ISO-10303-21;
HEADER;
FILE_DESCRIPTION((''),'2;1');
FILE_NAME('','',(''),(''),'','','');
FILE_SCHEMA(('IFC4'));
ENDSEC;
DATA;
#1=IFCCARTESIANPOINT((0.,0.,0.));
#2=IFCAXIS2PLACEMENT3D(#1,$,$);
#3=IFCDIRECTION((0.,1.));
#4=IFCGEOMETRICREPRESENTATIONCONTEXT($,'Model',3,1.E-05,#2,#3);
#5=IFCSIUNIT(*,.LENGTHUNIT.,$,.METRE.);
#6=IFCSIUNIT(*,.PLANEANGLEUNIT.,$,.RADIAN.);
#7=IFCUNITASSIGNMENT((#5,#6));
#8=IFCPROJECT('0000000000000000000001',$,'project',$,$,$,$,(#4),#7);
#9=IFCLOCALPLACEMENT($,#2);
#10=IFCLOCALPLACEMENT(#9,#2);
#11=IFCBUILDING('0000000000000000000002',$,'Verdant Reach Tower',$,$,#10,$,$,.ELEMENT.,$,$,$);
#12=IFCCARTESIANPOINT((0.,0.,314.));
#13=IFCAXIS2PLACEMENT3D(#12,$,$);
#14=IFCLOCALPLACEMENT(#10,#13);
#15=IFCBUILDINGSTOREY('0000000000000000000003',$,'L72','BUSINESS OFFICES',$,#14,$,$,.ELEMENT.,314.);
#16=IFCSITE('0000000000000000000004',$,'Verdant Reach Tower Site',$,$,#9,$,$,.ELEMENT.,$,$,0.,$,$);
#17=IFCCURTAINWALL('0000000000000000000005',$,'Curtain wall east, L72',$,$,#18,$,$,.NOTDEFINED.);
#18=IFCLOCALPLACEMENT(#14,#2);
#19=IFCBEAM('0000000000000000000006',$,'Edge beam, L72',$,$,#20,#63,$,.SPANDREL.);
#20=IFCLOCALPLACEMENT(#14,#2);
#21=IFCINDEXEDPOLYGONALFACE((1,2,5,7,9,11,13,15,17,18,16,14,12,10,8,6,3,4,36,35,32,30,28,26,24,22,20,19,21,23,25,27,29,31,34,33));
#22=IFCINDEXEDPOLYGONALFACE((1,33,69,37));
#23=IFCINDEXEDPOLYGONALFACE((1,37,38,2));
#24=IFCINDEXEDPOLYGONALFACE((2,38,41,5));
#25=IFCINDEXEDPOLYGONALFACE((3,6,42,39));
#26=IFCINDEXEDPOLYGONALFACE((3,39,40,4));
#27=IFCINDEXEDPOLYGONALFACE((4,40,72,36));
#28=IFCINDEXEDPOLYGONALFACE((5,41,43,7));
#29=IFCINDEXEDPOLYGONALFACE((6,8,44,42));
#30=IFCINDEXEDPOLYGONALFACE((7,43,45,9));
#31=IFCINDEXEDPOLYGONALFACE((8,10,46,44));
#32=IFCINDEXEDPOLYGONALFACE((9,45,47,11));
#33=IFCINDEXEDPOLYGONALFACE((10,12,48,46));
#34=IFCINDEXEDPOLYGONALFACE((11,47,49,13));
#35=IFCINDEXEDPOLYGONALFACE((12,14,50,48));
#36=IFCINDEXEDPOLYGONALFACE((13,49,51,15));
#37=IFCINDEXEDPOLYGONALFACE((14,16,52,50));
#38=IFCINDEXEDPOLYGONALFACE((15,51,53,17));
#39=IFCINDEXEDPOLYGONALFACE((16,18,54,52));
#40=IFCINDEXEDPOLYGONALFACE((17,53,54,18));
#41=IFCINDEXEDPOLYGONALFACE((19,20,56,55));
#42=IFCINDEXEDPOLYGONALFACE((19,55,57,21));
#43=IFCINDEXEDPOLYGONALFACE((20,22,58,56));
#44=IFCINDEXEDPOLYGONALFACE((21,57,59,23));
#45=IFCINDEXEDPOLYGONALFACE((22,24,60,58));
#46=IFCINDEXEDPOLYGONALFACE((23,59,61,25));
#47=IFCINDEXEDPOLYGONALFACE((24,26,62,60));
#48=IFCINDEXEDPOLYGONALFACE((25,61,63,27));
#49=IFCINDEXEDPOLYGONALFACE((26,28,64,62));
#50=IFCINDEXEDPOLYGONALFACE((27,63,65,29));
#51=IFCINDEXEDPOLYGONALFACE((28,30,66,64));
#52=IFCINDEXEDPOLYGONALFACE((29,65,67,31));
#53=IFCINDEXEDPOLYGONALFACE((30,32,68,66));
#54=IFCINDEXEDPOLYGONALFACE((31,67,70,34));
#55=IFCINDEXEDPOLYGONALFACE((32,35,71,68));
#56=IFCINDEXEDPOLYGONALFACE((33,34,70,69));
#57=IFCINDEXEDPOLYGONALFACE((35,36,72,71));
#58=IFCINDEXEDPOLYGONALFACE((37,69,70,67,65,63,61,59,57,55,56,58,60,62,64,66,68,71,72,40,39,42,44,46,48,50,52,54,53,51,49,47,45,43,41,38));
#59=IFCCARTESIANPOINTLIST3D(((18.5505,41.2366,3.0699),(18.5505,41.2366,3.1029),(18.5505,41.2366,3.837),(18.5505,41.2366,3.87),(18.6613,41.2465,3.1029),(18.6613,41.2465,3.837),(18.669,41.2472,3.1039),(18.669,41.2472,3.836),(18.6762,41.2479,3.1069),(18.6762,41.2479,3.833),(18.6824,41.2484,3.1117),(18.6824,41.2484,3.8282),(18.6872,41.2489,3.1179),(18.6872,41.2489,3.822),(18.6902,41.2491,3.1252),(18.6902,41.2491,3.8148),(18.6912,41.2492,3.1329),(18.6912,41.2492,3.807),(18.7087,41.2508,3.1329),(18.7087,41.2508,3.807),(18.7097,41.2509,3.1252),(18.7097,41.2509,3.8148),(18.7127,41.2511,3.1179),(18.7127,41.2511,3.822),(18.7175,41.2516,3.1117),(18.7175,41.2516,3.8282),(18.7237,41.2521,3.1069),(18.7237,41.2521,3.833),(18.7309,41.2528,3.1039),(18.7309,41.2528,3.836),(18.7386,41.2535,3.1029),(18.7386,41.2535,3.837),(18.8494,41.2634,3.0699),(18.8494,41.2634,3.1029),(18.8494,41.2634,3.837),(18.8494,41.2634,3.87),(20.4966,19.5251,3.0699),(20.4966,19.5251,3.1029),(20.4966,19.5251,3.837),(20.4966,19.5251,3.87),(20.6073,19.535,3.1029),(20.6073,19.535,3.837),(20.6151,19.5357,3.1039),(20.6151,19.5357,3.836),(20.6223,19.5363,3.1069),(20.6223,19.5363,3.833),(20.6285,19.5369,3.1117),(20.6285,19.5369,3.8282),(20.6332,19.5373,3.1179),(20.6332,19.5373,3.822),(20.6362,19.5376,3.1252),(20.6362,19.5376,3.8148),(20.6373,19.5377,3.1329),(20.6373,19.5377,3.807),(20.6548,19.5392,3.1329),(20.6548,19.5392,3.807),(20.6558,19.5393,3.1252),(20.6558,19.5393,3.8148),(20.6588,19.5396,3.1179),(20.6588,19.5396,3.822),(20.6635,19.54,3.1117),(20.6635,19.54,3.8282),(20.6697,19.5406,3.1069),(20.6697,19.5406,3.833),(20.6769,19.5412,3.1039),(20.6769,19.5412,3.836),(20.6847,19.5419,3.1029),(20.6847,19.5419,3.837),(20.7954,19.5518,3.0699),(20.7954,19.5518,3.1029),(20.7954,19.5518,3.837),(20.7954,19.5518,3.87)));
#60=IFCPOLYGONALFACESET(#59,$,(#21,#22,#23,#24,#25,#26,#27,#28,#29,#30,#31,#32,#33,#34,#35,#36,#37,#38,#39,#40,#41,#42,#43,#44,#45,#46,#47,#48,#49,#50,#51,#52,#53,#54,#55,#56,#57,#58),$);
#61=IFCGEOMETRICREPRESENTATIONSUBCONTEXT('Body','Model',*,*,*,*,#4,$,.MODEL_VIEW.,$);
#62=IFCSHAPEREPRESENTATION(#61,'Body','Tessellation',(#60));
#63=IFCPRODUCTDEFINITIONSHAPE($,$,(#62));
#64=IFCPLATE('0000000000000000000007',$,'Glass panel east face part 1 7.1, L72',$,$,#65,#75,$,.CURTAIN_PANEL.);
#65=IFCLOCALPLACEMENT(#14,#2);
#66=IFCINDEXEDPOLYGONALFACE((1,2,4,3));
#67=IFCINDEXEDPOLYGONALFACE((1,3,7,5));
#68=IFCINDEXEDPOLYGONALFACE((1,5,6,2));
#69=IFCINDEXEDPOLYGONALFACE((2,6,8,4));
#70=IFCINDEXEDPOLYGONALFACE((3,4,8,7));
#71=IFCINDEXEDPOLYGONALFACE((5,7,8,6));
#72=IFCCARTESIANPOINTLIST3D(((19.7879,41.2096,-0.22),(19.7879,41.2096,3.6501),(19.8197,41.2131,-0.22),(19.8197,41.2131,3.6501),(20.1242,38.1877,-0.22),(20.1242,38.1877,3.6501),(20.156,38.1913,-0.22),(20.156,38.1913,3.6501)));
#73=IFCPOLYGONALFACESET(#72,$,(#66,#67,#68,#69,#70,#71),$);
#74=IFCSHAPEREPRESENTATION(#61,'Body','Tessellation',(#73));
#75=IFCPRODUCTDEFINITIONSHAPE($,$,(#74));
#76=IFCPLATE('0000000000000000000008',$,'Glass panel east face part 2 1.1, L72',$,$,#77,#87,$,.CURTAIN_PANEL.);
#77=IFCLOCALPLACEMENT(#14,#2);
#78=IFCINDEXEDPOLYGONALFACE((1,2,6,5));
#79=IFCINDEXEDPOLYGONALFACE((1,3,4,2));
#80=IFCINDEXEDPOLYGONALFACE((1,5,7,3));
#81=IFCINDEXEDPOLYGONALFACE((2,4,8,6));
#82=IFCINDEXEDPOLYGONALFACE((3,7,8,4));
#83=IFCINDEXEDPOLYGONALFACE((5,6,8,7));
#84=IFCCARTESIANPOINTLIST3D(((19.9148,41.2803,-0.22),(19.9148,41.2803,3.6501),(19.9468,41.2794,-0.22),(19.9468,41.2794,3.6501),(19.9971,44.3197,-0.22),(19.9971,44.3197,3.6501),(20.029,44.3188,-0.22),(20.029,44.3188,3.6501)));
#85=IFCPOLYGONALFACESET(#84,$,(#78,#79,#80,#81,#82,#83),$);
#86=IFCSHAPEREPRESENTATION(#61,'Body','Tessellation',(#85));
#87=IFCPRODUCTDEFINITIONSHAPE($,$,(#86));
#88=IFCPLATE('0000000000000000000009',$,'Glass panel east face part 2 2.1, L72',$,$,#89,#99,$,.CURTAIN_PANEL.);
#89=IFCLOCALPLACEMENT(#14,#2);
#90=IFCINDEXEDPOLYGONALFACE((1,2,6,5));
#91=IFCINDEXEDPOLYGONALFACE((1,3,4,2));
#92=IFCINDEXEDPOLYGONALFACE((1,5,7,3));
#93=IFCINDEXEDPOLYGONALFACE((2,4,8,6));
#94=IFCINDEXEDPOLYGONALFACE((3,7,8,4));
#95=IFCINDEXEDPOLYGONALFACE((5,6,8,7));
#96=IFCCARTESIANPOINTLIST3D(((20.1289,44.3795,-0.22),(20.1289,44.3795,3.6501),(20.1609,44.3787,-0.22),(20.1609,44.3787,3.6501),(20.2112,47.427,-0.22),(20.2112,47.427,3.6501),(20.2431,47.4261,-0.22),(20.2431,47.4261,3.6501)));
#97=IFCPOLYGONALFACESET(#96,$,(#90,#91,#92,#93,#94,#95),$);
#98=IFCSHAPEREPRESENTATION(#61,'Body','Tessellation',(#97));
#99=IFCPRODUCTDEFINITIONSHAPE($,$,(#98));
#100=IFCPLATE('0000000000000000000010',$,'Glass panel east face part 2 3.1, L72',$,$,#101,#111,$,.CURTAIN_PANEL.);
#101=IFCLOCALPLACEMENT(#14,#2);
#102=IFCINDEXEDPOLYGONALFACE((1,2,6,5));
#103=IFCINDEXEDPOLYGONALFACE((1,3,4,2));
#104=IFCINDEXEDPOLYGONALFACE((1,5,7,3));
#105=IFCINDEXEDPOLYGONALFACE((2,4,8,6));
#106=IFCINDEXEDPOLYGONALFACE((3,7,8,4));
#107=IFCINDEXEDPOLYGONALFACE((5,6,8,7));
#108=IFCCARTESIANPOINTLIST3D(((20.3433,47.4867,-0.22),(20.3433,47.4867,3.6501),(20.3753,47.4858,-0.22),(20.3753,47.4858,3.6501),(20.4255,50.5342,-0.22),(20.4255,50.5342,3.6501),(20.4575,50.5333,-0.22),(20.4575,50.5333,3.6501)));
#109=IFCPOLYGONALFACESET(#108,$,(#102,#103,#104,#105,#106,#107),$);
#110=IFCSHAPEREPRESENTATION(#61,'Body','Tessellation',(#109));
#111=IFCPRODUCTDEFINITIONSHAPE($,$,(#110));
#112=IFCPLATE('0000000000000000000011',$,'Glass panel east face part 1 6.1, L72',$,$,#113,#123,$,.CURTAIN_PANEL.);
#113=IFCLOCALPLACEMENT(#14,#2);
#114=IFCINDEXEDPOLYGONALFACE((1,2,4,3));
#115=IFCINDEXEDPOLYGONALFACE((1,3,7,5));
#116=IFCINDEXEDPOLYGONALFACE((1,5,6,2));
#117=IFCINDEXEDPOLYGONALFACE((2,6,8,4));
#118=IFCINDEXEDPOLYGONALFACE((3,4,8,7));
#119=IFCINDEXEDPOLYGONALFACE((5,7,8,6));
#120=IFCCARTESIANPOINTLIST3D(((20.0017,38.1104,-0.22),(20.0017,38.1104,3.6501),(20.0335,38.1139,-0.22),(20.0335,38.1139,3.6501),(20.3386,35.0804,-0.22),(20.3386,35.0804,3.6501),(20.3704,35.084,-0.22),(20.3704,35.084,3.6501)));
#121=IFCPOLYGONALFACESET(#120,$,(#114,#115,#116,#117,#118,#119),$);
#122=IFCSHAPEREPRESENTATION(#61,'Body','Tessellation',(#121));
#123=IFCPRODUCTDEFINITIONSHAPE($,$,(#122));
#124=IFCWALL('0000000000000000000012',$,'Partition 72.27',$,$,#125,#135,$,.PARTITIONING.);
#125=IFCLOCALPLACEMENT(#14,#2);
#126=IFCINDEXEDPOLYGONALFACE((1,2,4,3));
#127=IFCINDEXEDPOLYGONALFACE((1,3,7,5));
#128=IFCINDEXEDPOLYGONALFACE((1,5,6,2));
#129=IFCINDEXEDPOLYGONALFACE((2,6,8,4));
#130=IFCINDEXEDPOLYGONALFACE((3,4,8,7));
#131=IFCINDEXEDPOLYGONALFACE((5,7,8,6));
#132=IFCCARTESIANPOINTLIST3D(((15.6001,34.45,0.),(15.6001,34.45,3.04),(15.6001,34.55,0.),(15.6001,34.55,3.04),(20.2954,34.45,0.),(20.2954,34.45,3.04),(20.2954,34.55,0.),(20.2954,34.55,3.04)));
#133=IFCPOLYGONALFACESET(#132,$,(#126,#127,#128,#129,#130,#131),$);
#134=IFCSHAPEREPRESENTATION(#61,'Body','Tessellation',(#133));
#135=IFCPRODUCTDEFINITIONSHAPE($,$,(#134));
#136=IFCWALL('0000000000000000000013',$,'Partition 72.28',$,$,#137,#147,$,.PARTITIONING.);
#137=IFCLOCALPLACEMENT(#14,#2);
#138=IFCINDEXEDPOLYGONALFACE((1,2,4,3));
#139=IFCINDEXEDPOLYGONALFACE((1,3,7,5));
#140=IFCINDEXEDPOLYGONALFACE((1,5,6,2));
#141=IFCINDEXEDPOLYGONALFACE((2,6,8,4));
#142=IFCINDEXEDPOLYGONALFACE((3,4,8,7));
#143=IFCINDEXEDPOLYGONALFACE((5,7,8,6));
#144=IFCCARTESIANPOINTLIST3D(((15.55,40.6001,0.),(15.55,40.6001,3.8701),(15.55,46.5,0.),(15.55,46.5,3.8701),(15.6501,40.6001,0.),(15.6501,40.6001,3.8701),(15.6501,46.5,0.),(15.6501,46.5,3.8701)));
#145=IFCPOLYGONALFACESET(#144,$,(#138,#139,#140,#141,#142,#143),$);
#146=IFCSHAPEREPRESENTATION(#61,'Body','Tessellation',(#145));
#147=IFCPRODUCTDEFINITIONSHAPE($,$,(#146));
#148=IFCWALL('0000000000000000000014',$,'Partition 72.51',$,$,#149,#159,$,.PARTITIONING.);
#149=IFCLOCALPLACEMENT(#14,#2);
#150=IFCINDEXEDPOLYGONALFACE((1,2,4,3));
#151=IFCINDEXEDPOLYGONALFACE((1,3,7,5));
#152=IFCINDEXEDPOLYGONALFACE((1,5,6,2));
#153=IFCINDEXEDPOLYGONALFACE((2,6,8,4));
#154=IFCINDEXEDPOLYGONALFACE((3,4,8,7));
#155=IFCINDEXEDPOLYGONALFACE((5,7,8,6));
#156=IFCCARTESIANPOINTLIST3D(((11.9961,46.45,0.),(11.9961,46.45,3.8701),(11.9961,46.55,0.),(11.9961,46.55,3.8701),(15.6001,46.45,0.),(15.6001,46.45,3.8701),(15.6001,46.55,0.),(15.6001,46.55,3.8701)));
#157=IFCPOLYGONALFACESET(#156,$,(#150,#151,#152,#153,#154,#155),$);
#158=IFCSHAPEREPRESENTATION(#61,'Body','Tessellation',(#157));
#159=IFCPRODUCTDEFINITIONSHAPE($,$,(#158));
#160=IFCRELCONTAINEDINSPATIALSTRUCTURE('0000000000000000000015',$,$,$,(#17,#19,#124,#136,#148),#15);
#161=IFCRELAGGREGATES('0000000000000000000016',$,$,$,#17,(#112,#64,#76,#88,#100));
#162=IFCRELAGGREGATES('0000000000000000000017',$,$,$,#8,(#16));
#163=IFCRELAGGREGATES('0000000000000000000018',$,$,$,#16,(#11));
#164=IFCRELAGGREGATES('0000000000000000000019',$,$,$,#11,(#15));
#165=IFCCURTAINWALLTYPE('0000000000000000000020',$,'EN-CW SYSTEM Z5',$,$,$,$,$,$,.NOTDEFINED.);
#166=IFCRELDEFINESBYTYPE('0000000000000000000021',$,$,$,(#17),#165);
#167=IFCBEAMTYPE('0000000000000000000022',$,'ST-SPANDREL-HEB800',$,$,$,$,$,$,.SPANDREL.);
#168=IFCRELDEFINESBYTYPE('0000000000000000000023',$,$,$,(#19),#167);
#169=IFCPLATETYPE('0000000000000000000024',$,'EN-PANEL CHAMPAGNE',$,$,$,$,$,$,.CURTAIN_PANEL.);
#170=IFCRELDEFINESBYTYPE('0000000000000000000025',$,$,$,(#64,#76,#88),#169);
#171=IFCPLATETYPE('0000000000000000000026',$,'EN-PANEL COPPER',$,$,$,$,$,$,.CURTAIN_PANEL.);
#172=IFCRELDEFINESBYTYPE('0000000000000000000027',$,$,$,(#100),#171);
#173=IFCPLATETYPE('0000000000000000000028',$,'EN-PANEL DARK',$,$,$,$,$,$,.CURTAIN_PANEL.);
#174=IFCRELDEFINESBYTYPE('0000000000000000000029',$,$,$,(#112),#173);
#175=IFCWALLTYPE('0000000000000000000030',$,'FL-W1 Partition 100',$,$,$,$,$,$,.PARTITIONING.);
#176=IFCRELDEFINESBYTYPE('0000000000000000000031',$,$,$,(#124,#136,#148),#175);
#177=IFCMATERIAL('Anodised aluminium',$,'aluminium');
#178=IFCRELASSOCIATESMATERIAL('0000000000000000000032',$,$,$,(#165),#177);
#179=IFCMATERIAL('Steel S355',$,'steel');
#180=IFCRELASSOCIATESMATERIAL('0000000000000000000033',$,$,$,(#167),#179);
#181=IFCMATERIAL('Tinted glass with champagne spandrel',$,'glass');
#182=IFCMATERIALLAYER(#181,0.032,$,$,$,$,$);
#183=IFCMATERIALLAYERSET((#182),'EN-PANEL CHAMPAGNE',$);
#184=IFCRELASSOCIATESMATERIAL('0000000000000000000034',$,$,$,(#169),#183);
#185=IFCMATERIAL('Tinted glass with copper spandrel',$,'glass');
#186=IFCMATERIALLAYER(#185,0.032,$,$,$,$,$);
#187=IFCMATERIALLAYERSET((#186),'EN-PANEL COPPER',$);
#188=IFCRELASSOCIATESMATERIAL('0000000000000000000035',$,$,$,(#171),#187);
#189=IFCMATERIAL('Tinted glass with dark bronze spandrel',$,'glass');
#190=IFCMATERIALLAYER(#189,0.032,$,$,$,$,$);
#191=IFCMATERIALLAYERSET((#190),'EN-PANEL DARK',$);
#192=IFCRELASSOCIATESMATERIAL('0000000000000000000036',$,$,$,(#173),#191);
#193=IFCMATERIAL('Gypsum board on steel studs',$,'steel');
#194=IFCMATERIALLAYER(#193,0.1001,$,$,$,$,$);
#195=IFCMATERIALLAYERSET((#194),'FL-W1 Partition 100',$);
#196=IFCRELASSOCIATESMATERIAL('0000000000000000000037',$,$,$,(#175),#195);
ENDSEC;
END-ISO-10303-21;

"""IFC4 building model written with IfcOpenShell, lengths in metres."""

from ifc_helpers import new_model, si_unit, direction, frame, frame_2d, origin, origin_2d, place, context, subcontext, project, spatial, rectangle, i_section, extrude, material, layer, layer_set, material_profile, profile_set, type_object, element, aggregate, save


model = new_model("IFC4")

# Units and contexts
model_context = context("Model", 3, precision=1e-05, world=origin(), true_north=direction((0.0, 1.0)))
body_context = subcontext(model_context, "Body", "Model", "MODEL_VIEW")
ifc_project = project(units=[si_unit("LENGTHUNIT", "METRE"), si_unit("PLANEANGLEUNIT", "RADIAN")], contexts=[model_context])

# Site, building, storey
site_placement = place(None, origin())
site = spatial("IfcSite", under=ifc_project, at=site_placement, Name="Verdant Reach Tower Site", CompositionType="ELEMENT", RefElevation=0.0)
building_placement = place(site_placement, origin())
building = spatial("IfcBuilding", under=site, at=building_placement, Name="Verdant Reach Tower", CompositionType="ELEMENT")
storey_placement = place(building_placement, frame((0.0, 0.0, 314.0)))
storey = spatial("IfcBuildingStorey", under=building, at=storey_placement, Name="L72", Description="BUSINESS OFFICES", CompositionType="ELEMENT", Elevation=314.0)

# Curtain wall
ifc_material_1 = material(Name="Anodised aluminium", Category="aluminium")
curtain_wall_type = type_object("IfcCurtainWallType", Name="EN-CW SYSTEM Z5", PredefinedType="NOTDEFINED", material=ifc_material_1)
curtain_wall_placement = place(storey_placement, origin())
curtain_wall = element("IfcCurtainWall", 1, at=curtain_wall_placement, inside=storey, type_object=curtain_wall_type, Name="Curtain wall east, L72", PredefinedType="NOTDEFINED")

# Beam
ifc_material_2 = material(Name="Steel S355", Category="steel")
ifc_material_profile_1 = material_profile(ifc_material_2, i_section(OverallWidth=0.3, OverallDepth=0.8, WebThickness=0.0176, FlangeThickness=0.033, FilletRadius=0.03, at=origin_2d()), Name="HEB 800")
ifc_profile_set_1 = profile_set([ifc_material_profile_1], Name="Steel S355")
beam_type_1 = type_object("IfcBeamType", Name="ST-SPANDREL-HEB800", PredefinedType="SPANDREL", material=ifc_profile_set_1)
beam_1_placement = place(storey_placement, frame((18.7, 41.25, 3.47), z_axis=(0.089274, -0.996007, 0.0), x_axis=(0.996007, 0.089274, 0.0)))
element("IfcBeam", 2, at=beam_1_placement, inside=storey, type_object=beam_type_1, Name="Edge beam, L72", PredefinedType="SPANDREL", context=body_context, shape_type="SweptSolid", body=[
    extrude(i_section(OverallWidth=0.3, OverallDepth=0.8, WebThickness=0.0176, FlangeThickness=0.033, FilletRadius=0.03, at=origin_2d()), origin(), (0.0, 0.0, 1.0), 21.7986),
])

# Plates
ifc_material_3 = material(Name="Tinted glass with champagne spandrel", Category="glass")
ifc_layer_1 = layer(ifc_material_3, 0.032)
ifc_layer_set_1 = layer_set([ifc_layer_1], Name="EN-PANEL CHAMPAGNE")
plate_type_1 = type_object("IfcPlateType", Name="EN-PANEL CHAMPAGNE", PredefinedType="CURTAIN_PANEL", material=ifc_layer_set_1)
plate_1_placement = place(storey_placement, frame((19.9719, 39.7004, -0.22), z_axis=(0.0, 0.0, 1.0), x_axis=(-0.110605, 0.993864, 0.0)))
plate_1 = element("IfcPlate", 3, at=plate_1_placement, type_object=plate_type_1, Name="Glass panel east face part 1 7.1, L72", PredefinedType="CURTAIN_PANEL", context=body_context, shape_type="SweptSolid", body=[
    extrude(rectangle(XDim=3.0405, YDim=0.032, at=origin_2d()), origin(), (0.0, 0.0, 1.0), 3.8701),
])
plate_2_placement = place(storey_placement, frame((19.9719, 42.7996, -0.22), z_axis=(0.0, 0.0, 1.0), x_axis=(0.027053, 0.999634, 0.0)))
plate_2 = element("IfcPlate", 4, at=plate_2_placement, type_object=plate_type_1, Name="Glass panel east face part 2 1.1, L72", PredefinedType="CURTAIN_PANEL", context=body_context, shape_type="SweptSolid", body=[
    extrude(rectangle(XDim=3.0405, YDim=0.032, at=origin_2d()), origin(), (0.0, 0.0, 1.0), 3.8701),
])
plate_3_placement = place(storey_placement, frame((20.186, 45.9028, -0.22), z_axis=(0.0, 0.0, 1.0), x_axis=(0.026965, 0.999636, 0.0)))
plate_3 = element("IfcPlate", 5, at=plate_3_placement, type_object=plate_type_1, Name="Glass panel east face part 2 2.1, L72", PredefinedType="CURTAIN_PANEL", context=body_context, shape_type="SweptSolid", body=[
    extrude(rectangle(XDim=3.0486, YDim=0.032, at=origin_2d()), origin(), (0.0, 0.0, 1.0), 3.8701),
])
ifc_material_4 = material(Name="Tinted glass with copper spandrel", Category="glass")
ifc_layer_2 = layer(ifc_material_4, 0.032)
ifc_layer_set_2 = layer_set([ifc_layer_2], Name="EN-PANEL COPPER")
plate_type_2 = type_object("IfcPlateType", Name="EN-PANEL COPPER", PredefinedType="CURTAIN_PANEL", material=ifc_layer_set_2)
plate_4_placement = place(storey_placement, frame((20.4004, 49.01, -0.22), z_axis=(0.0, 0.0, 1.0), x_axis=(0.026965, 0.999636, 0.0)))
plate_4 = element("IfcPlate", 6, at=plate_4_placement, type_object=plate_type_2, Name="Glass panel east face part 2 3.1, L72", PredefinedType="CURTAIN_PANEL", context=body_context, shape_type="SweptSolid", body=[
    extrude(rectangle(XDim=3.0486, YDim=0.032, at=origin_2d()), origin(), (0.0, 0.0, 1.0), 3.8701),
])
ifc_material_5 = material(Name="Tinted glass with dark bronze spandrel", Category="glass")
ifc_layer_3 = layer(ifc_material_5, 0.032)
ifc_layer_set_3 = layer_set([ifc_layer_3], Name="EN-PANEL DARK")
plate_type_3 = type_object("IfcPlateType", Name="EN-PANEL DARK", PredefinedType="CURTAIN_PANEL", material=ifc_layer_set_3)
plate_5_placement = place(storey_placement, frame((20.186, 36.5972, -0.22), z_axis=(0.0, 0.0, 1.0), x_axis=(-0.110518, 0.993874, 0.0)))
plate_5 = element("IfcPlate", 7, at=plate_5_placement, type_object=plate_type_3, Name="Glass panel east face part 1 6.1, L72", PredefinedType="CURTAIN_PANEL", context=body_context, shape_type="SweptSolid", body=[
    extrude(rectangle(XDim=3.0486, YDim=0.032, at=origin_2d()), origin(), (0.0, 0.0, 1.0), 3.8701),
])
aggregate(curtain_wall, [plate_5, plate_1, plate_2, plate_3, plate_4])

# Walls
ifc_material_6 = material(Name="Gypsum board on steel studs", Category="steel")
ifc_layer_4 = layer(ifc_material_6, 0.1001)
ifc_layer_set_4 = layer_set([ifc_layer_4], Name="FL-W1 Partition 100")
wall_type_1 = type_object("IfcWallType", Name="FL-W1 Partition 100", PredefinedType="PARTITIONING", material=ifc_layer_set_4)
wall_1_placement = place(storey_placement, frame((20.2954, 34.5, 0.0), z_axis=(0.0, 0.0, 1.0), x_axis=(-1.0, 0.0, 0.0)))
element("IfcWall", 8, at=wall_1_placement, inside=storey, type_object=wall_type_1, Name="Partition 72.27", PredefinedType="PARTITIONING", context=body_context, shape_type="SweptSolid", body=[
    extrude(rectangle(XDim=4.6953, YDim=0.1001, at=frame_2d((2.3477, 0.0))), origin(), (0.0, 0.0, 1.0), 3.04),
])
wall_2_placement = place(storey_placement, frame((15.6001, 46.5, 0.0), z_axis=(0.0, 0.0, 1.0), x_axis=(0.0, -1.0, 0.0)))
element("IfcWall", 9, at=wall_2_placement, inside=storey, type_object=wall_type_1, Name="Partition 72.28", PredefinedType="PARTITIONING", context=body_context, shape_type="SweptSolid", body=[
    extrude(rectangle(XDim=5.8999, YDim=0.1001, at=frame_2d((2.95, 0.0))), origin(), (0.0, 0.0, 1.0), 3.8701),
])
wall_3_placement = place(storey_placement, frame((15.6001, 46.5, 0.0), z_axis=(0.0, 0.0, 1.0), x_axis=(-1.0, 0.0, 0.0)))
element("IfcWall", 10, at=wall_3_placement, inside=storey, type_object=wall_type_1, Name="Partition 72.51", PredefinedType="PARTITIONING", context=body_context, shape_type="SweptSolid", body=[
    extrude(rectangle(XDim=3.604, YDim=0.1001, at=frame_2d((1.802, 0.0))), origin(), (0.0, 0.0, 1.0), 3.8701),
])

save(model, "model.ifc")
